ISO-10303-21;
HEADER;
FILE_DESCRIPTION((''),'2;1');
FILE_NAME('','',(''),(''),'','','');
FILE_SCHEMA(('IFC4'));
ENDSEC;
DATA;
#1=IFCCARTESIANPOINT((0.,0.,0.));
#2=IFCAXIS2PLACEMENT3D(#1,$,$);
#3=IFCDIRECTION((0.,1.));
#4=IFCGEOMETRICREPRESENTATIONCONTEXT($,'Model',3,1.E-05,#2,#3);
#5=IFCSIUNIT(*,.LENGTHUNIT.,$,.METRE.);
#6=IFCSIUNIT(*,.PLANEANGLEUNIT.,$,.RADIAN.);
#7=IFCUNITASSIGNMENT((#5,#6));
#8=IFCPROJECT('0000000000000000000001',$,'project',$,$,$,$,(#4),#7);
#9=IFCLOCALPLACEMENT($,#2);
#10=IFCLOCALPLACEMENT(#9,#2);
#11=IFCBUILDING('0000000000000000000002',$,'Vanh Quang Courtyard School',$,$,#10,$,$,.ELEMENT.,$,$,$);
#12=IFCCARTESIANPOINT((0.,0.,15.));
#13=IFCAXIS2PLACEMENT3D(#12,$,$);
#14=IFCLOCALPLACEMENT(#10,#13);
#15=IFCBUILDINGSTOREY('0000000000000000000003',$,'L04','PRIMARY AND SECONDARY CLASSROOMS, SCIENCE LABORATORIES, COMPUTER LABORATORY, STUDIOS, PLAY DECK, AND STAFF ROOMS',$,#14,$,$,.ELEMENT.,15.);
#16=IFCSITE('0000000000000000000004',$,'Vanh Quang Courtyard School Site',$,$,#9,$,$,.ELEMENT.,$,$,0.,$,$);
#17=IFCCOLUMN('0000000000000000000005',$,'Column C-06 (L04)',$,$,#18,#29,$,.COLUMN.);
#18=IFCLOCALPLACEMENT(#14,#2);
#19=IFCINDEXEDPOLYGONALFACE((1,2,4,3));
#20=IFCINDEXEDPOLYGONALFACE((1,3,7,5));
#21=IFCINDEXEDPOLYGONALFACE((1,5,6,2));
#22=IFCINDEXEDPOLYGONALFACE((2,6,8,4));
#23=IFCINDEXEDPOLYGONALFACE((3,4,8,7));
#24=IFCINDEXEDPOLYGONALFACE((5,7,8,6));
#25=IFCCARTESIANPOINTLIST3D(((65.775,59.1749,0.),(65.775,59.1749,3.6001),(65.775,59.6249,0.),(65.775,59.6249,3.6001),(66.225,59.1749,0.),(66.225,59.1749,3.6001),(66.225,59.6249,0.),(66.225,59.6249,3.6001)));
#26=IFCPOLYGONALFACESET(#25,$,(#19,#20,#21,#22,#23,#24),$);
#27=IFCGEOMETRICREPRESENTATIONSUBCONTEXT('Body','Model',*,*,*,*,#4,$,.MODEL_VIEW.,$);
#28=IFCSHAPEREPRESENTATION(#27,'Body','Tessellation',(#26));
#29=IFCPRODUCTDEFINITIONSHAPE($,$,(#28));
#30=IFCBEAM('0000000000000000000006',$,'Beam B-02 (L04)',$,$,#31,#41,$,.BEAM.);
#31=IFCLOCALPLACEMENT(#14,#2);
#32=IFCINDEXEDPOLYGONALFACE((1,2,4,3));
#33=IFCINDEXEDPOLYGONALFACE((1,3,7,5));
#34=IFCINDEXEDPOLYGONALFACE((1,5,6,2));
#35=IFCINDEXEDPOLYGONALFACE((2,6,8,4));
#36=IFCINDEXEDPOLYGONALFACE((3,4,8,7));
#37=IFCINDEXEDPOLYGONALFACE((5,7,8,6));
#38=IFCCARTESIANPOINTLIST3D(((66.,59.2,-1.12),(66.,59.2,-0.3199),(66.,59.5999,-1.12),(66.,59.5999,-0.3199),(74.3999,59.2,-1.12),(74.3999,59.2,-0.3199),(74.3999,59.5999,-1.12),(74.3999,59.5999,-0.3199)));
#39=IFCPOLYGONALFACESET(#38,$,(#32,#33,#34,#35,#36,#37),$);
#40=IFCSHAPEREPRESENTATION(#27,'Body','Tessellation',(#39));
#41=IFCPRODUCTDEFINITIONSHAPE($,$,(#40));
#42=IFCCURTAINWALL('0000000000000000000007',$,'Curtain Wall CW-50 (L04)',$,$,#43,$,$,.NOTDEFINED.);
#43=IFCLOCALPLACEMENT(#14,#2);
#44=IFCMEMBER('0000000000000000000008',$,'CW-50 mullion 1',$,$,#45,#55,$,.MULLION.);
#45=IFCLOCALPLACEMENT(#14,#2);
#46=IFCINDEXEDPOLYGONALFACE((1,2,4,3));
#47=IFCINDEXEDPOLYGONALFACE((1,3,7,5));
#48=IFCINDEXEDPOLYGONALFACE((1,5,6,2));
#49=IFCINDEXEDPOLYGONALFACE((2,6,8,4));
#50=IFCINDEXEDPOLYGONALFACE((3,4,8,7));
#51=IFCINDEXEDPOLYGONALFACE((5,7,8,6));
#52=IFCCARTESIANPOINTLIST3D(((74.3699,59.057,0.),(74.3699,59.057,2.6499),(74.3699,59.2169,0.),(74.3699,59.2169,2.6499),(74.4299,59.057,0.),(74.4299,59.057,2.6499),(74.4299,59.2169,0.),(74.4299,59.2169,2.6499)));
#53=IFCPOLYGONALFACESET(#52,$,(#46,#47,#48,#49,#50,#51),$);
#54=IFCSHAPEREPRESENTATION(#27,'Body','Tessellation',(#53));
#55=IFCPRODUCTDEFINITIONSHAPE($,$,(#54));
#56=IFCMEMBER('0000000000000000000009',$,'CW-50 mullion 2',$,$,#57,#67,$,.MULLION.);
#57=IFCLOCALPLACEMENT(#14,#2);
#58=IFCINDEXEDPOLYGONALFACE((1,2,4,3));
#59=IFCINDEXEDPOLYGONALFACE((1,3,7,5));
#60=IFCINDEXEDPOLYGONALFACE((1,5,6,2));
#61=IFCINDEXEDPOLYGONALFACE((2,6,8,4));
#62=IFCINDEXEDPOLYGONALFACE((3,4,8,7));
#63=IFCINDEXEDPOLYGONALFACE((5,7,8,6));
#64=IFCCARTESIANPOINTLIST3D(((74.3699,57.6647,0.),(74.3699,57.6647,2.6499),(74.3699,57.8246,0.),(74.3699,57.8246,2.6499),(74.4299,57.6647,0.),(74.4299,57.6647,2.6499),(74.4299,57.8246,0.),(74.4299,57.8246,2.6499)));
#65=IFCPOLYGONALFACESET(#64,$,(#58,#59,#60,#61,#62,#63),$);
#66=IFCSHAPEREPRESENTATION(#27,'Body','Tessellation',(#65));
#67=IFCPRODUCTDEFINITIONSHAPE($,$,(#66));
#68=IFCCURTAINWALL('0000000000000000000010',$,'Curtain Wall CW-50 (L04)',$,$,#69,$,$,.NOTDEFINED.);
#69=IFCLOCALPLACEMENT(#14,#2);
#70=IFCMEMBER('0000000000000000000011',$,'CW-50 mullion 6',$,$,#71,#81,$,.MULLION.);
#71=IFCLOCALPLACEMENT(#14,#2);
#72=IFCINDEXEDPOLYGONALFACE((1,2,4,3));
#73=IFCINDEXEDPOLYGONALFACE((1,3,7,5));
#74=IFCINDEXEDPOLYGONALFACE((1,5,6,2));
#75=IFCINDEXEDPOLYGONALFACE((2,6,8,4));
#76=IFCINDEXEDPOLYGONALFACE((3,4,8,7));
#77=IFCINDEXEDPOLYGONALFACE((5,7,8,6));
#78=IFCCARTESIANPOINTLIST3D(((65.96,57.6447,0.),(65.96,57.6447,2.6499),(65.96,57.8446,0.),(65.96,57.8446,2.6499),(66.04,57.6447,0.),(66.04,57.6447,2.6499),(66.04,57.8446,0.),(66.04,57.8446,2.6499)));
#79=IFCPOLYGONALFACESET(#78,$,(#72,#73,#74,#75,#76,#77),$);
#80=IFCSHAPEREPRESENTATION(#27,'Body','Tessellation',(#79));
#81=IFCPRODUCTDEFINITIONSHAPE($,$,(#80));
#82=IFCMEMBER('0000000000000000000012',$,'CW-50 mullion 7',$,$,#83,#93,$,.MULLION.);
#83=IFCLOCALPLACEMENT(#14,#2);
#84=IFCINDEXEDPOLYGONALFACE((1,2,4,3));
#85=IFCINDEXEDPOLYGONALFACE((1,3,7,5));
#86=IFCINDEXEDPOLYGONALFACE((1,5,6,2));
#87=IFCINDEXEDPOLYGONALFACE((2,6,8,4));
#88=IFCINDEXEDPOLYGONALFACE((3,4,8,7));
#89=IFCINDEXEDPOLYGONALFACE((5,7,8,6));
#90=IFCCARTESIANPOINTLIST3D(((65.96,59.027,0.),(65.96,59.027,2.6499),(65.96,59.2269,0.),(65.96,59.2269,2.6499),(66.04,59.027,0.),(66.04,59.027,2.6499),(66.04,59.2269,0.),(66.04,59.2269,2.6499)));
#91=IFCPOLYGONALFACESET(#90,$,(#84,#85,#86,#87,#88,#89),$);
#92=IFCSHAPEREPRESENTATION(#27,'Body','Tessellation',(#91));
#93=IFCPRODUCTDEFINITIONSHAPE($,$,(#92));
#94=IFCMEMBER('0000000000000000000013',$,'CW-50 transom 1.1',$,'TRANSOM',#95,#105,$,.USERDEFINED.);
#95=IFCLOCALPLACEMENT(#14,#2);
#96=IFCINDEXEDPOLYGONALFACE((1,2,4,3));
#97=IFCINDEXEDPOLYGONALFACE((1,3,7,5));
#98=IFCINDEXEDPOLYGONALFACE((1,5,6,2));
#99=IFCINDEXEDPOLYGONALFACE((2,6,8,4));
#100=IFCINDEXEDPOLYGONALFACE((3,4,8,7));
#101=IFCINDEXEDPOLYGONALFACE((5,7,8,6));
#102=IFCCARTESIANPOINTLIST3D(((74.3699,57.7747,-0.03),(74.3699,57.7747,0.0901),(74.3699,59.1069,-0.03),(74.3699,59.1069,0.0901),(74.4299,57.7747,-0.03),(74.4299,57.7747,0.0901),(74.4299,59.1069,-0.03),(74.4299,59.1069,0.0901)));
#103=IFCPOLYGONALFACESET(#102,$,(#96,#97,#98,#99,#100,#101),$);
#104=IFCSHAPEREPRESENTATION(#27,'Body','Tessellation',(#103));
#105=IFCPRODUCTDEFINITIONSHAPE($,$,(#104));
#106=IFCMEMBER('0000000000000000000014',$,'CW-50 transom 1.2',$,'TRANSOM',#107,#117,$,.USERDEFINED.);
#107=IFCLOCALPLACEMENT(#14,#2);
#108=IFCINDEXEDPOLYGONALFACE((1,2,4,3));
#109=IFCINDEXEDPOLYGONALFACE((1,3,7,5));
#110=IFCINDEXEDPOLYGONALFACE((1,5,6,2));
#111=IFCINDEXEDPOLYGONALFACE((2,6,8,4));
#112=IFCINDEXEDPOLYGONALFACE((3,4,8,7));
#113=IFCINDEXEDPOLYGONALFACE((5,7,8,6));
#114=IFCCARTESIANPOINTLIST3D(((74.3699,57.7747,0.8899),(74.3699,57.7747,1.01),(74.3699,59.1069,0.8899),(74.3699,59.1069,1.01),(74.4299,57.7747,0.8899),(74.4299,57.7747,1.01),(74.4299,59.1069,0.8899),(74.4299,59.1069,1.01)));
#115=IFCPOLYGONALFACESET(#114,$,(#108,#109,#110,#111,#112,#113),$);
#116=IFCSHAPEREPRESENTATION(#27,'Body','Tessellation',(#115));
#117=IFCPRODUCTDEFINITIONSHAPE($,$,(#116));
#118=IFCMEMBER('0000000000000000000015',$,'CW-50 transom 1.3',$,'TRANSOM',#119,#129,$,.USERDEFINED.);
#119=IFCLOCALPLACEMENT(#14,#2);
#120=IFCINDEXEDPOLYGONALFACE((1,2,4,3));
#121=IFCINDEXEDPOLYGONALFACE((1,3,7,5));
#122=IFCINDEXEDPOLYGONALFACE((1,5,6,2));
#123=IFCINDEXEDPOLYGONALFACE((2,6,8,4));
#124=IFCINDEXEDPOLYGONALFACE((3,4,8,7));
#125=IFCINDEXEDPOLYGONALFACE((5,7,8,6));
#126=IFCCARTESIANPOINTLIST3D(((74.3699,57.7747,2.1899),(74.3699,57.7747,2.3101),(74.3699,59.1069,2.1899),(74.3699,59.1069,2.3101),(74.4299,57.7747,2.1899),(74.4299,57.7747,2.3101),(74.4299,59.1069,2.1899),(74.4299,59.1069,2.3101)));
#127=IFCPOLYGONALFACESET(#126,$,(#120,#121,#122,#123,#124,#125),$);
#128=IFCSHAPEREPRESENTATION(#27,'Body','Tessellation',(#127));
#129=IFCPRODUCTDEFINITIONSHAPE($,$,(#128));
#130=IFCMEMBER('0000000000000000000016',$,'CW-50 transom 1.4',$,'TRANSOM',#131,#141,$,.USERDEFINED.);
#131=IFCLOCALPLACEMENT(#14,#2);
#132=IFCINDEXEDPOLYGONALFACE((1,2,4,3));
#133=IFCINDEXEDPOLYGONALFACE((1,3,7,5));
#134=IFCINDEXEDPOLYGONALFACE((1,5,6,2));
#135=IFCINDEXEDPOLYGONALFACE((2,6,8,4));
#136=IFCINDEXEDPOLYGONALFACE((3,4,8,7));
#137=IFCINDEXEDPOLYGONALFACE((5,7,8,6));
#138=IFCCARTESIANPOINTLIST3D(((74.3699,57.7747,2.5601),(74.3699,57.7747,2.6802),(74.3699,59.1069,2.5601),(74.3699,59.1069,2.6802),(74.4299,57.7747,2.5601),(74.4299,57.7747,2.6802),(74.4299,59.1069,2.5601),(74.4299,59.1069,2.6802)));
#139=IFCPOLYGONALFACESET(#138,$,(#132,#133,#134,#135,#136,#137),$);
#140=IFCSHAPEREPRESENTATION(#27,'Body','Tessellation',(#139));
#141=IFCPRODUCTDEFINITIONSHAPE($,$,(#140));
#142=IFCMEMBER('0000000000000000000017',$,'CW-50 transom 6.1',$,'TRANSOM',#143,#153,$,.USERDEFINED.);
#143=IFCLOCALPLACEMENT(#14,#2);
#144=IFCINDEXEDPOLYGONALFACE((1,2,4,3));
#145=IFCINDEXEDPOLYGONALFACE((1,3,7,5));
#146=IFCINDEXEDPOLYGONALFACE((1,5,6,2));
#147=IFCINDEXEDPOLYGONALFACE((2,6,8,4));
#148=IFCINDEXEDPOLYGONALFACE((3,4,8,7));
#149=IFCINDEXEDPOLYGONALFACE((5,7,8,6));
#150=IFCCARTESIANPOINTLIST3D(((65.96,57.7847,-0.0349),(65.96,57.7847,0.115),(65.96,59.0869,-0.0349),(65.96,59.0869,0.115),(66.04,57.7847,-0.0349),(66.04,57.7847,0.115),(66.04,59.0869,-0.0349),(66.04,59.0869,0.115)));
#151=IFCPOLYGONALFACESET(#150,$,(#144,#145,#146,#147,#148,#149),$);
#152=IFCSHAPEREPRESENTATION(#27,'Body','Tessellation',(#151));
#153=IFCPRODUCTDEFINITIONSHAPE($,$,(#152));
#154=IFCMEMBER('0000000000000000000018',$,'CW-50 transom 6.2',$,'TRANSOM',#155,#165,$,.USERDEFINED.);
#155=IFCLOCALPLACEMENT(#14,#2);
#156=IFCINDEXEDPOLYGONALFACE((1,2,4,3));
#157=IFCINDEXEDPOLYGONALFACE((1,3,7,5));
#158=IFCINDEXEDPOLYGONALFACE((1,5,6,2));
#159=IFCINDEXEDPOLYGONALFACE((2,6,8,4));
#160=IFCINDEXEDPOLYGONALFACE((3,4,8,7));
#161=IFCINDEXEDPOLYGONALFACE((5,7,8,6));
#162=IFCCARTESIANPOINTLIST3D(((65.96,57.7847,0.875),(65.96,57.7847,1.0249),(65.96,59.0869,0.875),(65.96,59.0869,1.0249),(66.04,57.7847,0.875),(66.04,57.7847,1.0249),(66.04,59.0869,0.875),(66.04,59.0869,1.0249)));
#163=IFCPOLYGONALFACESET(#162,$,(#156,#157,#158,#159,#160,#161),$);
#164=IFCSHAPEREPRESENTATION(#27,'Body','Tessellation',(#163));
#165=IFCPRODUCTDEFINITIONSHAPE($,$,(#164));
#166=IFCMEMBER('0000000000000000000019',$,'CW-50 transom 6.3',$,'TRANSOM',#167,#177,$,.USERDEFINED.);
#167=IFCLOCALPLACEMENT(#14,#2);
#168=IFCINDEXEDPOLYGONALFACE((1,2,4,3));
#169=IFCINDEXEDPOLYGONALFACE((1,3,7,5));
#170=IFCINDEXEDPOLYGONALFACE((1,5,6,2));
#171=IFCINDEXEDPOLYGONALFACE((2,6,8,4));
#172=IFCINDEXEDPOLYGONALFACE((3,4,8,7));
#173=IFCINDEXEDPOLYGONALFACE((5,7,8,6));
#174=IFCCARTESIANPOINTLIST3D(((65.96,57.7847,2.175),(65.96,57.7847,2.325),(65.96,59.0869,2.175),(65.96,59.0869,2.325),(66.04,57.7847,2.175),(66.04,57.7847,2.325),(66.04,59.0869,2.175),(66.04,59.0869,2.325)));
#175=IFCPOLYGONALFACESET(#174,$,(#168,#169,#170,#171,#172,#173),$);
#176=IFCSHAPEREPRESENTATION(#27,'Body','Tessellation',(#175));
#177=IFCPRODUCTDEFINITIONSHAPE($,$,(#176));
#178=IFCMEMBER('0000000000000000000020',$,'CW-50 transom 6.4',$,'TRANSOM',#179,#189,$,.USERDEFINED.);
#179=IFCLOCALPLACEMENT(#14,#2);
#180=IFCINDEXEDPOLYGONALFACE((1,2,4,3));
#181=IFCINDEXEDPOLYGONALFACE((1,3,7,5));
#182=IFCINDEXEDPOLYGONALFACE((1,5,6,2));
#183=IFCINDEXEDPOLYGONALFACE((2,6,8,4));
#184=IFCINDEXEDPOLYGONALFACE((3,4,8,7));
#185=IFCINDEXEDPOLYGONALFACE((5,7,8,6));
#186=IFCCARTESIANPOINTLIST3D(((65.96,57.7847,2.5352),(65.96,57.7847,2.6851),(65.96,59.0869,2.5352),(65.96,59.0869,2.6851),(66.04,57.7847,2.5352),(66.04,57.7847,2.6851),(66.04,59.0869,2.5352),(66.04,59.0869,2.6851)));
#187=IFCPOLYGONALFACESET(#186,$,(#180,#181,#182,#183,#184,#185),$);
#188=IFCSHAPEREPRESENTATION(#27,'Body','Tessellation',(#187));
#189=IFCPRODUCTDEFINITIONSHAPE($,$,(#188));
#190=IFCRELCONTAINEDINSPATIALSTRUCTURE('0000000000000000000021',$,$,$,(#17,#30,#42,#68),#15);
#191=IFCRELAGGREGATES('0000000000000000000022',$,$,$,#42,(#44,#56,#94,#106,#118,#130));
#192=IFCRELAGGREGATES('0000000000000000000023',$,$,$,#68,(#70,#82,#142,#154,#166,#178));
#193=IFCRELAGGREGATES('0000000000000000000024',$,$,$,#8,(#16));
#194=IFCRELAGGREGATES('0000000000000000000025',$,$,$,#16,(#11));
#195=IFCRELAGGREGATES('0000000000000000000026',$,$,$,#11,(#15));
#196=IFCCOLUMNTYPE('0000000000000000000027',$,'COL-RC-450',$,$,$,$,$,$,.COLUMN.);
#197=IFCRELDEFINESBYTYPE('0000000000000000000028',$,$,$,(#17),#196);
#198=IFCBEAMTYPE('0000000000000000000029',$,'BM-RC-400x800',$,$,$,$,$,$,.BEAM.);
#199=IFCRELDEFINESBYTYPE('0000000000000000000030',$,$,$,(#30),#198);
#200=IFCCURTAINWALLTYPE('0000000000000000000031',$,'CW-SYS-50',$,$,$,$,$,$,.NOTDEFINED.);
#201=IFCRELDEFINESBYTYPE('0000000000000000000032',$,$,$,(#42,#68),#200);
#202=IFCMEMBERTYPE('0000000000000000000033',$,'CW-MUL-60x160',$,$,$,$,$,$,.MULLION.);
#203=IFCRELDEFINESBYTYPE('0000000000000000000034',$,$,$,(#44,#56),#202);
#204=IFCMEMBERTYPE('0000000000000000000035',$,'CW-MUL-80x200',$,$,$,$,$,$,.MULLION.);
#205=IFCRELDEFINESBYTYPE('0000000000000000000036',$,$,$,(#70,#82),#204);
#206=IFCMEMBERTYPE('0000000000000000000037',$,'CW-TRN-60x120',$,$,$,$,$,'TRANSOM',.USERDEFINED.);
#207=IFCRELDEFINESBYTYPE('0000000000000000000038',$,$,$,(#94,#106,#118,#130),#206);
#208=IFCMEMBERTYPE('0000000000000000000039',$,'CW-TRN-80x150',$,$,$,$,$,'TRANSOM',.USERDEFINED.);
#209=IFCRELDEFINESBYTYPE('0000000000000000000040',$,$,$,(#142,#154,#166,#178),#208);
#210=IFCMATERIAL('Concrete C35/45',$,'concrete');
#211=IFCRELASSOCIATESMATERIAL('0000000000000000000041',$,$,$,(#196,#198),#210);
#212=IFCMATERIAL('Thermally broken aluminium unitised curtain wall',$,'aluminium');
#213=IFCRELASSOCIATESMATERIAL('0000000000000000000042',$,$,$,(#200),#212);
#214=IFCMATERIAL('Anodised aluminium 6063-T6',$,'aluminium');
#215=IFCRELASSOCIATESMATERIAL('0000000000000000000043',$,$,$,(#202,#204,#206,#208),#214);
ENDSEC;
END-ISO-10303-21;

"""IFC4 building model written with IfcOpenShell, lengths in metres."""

from ifc_helpers import new_model, si_unit, direction, frame, origin, origin_2d, place, context, subcontext, project, spatial, rectangle, extrude, material, material_profile, profile_set, type_object, element, aggregate, save


model = new_model("IFC4")

# Units and contexts
model_context = context("Model", 3, precision=1e-05, world=origin(), true_north=direction((0.0, 1.0)))
body_context = subcontext(model_context, "Body", "Model", "MODEL_VIEW")
ifc_project = project(units=[si_unit("LENGTHUNIT", "METRE"), si_unit("PLANEANGLEUNIT", "RADIAN")], contexts=[model_context])

# Site, building, storey
site_placement = place(None, origin())
site = spatial("IfcSite", under=ifc_project, at=site_placement, Name="Vanh Quang Courtyard School Site", CompositionType="ELEMENT", RefElevation=0.0)
building_placement = place(site_placement, origin())
building = spatial("IfcBuilding", under=site, at=building_placement, Name="Vanh Quang Courtyard School", CompositionType="ELEMENT")
storey_placement = place(building_placement, frame((0.0, 0.0, 15.0)))
storey = spatial("IfcBuildingStorey", under=building, at=storey_placement, Name="L04", Description="PRIMARY AND SECONDARY CLASSROOMS, SCIENCE LABORATORIES, COMPUTER LABORATORY, STUDIOS, PLAY DECK, AND STAFF ROOMS", CompositionType="ELEMENT", Elevation=15.0)

# Column
ifc_material_1 = material(Name="Concrete C35/45", Category="concrete")
ifc_material_profile_1 = material_profile(ifc_material_1, rectangle(XDim=0.45, YDim=0.45, at=origin_2d()), Name="RC-COL 450x450")
ifc_profile_set_1 = profile_set([ifc_material_profile_1], Name="Concrete C35/45")
column_type = type_object("IfcColumnType", Name="COL-RC-450", PredefinedType="COLUMN", material=ifc_profile_set_1)
column_placement = place(storey_placement, frame((66.0, 59.3999, 0.0), z_axis=(0.0, 0.0, 1.0), x_axis=(1.0, 0.0, 0.0)))
element("IfcColumn", 1, at=column_placement, inside=storey, type_object=column_type, Name="Column C-06 (L04)", PredefinedType="COLUMN", context=body_context, shape_type="SweptSolid", body=[
    extrude(rectangle(XDim=0.45, YDim=0.45, at=origin_2d()), origin(), (0.0, 0.0, 1.0), 3.6001),
])

# Beam
ifc_material_profile_2 = material_profile(ifc_material_1, rectangle(XDim=0.3999, YDim=0.8, at=origin_2d()), Name="RC-BM 400x800")
ifc_profile_set_2 = profile_set([ifc_material_profile_2], Name="Concrete C35/45")
beam_type = type_object("IfcBeamType", Name="BM-RC-400x800", PredefinedType="BEAM", material=ifc_profile_set_2)
beam_placement = place(storey_placement, frame((66.0, 59.3999, -0.72), z_axis=(1.0, 0.0, 0.0), x_axis=(0.0, 1.0, 0.0)))
element("IfcBeam", 2, at=beam_placement, inside=storey, type_object=beam_type, Name="Beam B-02 (L04)", PredefinedType="BEAM", context=body_context, shape_type="SweptSolid", body=[
    extrude(rectangle(XDim=0.3999, YDim=0.8, at=origin_2d()), origin(), (0.0, 0.0, 1.0), 8.3999),
])

# Curtain walls, members
ifc_material_2 = material(Name="Thermally broken aluminium unitised curtain wall", Category="aluminium")
curtain_wall_type = type_object("IfcCurtainWallType", Name="CW-SYS-50", PredefinedType="NOTDEFINED", material=ifc_material_2)
curtain_wall_1_placement = place(storey_placement, origin())
curtain_wall_1 = element("IfcCurtainWall", 3, at=curtain_wall_1_placement, inside=storey, type_object=curtain_wall_type, Name="Curtain Wall CW-50 (L04)", PredefinedType="NOTDEFINED")
ifc_material_3 = material(Name="Anodised aluminium 6063-T6", Category="aluminium")
ifc_material_profile_3 = material_profile(ifc_material_3, rectangle(XDim=0.0601, YDim=0.1599, at=origin_2d()), Name="ALU-MUL 60x160")
ifc_profile_set_3 = profile_set([ifc_material_profile_3], Name="Anodised aluminium 6063-T6")
member_type_1 = type_object("IfcMemberType", Name="CW-MUL-60x160", PredefinedType="MULLION", material=ifc_profile_set_3)
member_1_placement = place(storey_placement, frame((74.3999, 59.137, 0.0), z_axis=(0.0, 0.0, 1.0), x_axis=(1.0, 0.0, 0.0)))
member_1 = element("IfcMember", 4, at=member_1_placement, type_object=member_type_1, Name="CW-50 mullion 1", PredefinedType="MULLION", context=body_context, shape_type="SweptSolid", body=[
    extrude(rectangle(XDim=0.0601, YDim=0.1599, at=origin_2d()), origin(), (0.0, 0.0, 1.0), 2.6499),
])
member_2_placement = place(storey_placement, frame((74.3999, 57.7446, 0.0), z_axis=(0.0, 0.0, 1.0), x_axis=(1.0, 0.0, 0.0)))
member_2 = element("IfcMember", 5, at=member_2_placement, type_object=member_type_1, Name="CW-50 mullion 2", PredefinedType="MULLION", context=body_context, shape_type="SweptSolid", body=[
    extrude(rectangle(XDim=0.0601, YDim=0.1599, at=origin_2d()), origin(), (0.0, 0.0, 1.0), 2.6499),
])
curtain_wall_2_placement = place(storey_placement, origin())
curtain_wall_2 = element("IfcCurtainWall", 6, at=curtain_wall_2_placement, inside=storey, type_object=curtain_wall_type, Name="Curtain Wall CW-50 (L04)", PredefinedType="NOTDEFINED")
ifc_material_profile_4 = material_profile(ifc_material_3, rectangle(XDim=0.0801, YDim=0.2, at=origin_2d()), Name="ALU-MUL 80x200")
ifc_profile_set_4 = profile_set([ifc_material_profile_4], Name="Anodised aluminium 6063-T6")
member_type_2 = type_object("IfcMemberType", Name="CW-MUL-80x200", PredefinedType="MULLION", material=ifc_profile_set_4)
member_3_placement = place(storey_placement, frame((66.0, 57.7446, 0.0), z_axis=(0.0, 0.0, 1.0), x_axis=(-1.0, 0.0, 0.0)))
member_3 = element("IfcMember", 7, at=member_3_placement, type_object=member_type_2, Name="CW-50 mullion 6", PredefinedType="MULLION", context=body_context, shape_type="SweptSolid", body=[
    extrude(rectangle(XDim=0.0801, YDim=0.2, at=origin_2d()), origin(), (0.0, 0.0, 1.0), 2.6499),
])
member_4_placement = place(storey_placement, frame((66.0, 59.127, 0.0), z_axis=(0.0, 0.0, 1.0), x_axis=(-1.0, 0.0, 0.0)))
member_4 = element("IfcMember", 8, at=member_4_placement, type_object=member_type_2, Name="CW-50 mullion 7", PredefinedType="MULLION", context=body_context, shape_type="SweptSolid", body=[
    extrude(rectangle(XDim=0.0801, YDim=0.2, at=origin_2d()), origin(), (0.0, 0.0, 1.0), 2.6499),
])

# Members
ifc_material_profile_5 = material_profile(ifc_material_3, rectangle(XDim=0.0601, YDim=0.1201, at=origin_2d()), Name="ALU-TRN 60x120")
ifc_profile_set_5 = profile_set([ifc_material_profile_5], Name="Anodised aluminium 6063-T6")
member_type_3 = type_object("IfcMemberType", Name="CW-TRN-60x120", ElementType="TRANSOM", PredefinedType="USERDEFINED", material=ifc_profile_set_5)
member_5_placement = place(storey_placement, frame((74.3999, 59.1069, 0.03), z_axis=(0.0, -1.0, 0.0), x_axis=(1.0, 0.0, 0.0)))
member_5 = element("IfcMember", 9, at=member_5_placement, type_object=member_type_3, Name="CW-50 transom 1.1", ObjectType="TRANSOM", PredefinedType="USERDEFINED", context=body_context, shape_type="SweptSolid", body=[
    extrude(rectangle(XDim=0.0601, YDim=0.1201, at=origin_2d()), origin(), (0.0, 0.0, 1.0), 1.3323),
])
member_6_placement = place(storey_placement, frame((74.3999, 59.1069, 0.95), z_axis=(0.0, -1.0, 0.0), x_axis=(1.0, 0.0, 0.0)))
member_6 = element("IfcMember", 10, at=member_6_placement, type_object=member_type_3, Name="CW-50 transom 1.2", ObjectType="TRANSOM", PredefinedType="USERDEFINED", context=body_context, shape_type="SweptSolid", body=[
    extrude(rectangle(XDim=0.0601, YDim=0.1201, at=origin_2d()), origin(), (0.0, 0.0, 1.0), 1.3323),
])
member_7_placement = place(storey_placement, frame((74.3999, 59.1069, 2.25), z_axis=(0.0, -1.0, 0.0), x_axis=(1.0, 0.0, 0.0)))
member_7 = element("IfcMember", 11, at=member_7_placement, type_object=member_type_3, Name="CW-50 transom 1.3", ObjectType="TRANSOM", PredefinedType="USERDEFINED", context=body_context, shape_type="SweptSolid", body=[
    extrude(rectangle(XDim=0.0601, YDim=0.1201, at=origin_2d()), origin(), (0.0, 0.0, 1.0), 1.3323),
])
member_8_placement = place(storey_placement, frame((74.3999, 59.1069, 2.6201), z_axis=(0.0, -1.0, 0.0), x_axis=(1.0, 0.0, 0.0)))
member_8 = element("IfcMember", 12, at=member_8_placement, type_object=member_type_3, Name="CW-50 transom 1.4", ObjectType="TRANSOM", PredefinedType="USERDEFINED", context=body_context, shape_type="SweptSolid", body=[
    extrude(rectangle(XDim=0.0601, YDim=0.1201, at=origin_2d()), origin(), (0.0, 0.0, 1.0), 1.3323),
])
ifc_material_profile_6 = material_profile(ifc_material_3, rectangle(XDim=0.0801, YDim=0.1499, at=origin_2d()), Name="ALU-TRN 80x150")
ifc_profile_set_6 = profile_set([ifc_material_profile_6], Name="Anodised aluminium 6063-T6")
member_type_4 = type_object("IfcMemberType", Name="CW-TRN-80x150", ElementType="TRANSOM", PredefinedType="USERDEFINED", material=ifc_profile_set_6)
member_9_placement = place(storey_placement, frame((66.0, 57.7847, 0.04), z_axis=(0.0, 1.0, 0.0), x_axis=(-1.0, 0.0, 0.0)))
member_9 = element("IfcMember", 13, at=member_9_placement, type_object=member_type_4, Name="CW-50 transom 6.1", ObjectType="TRANSOM", PredefinedType="USERDEFINED", context=body_context, shape_type="SweptSolid", body=[
    extrude(rectangle(XDim=0.0801, YDim=0.1499, at=origin_2d()), origin(), (0.0, 0.0, 1.0), 1.3022),
])
member_10_placement = place(storey_placement, frame((66.0, 57.7847, 0.95), z_axis=(0.0, 1.0, 0.0), x_axis=(-1.0, 0.0, 0.0)))
member_10 = element("IfcMember", 14, at=member_10_placement, type_object=member_type_4, Name="CW-50 transom 6.2", ObjectType="TRANSOM", PredefinedType="USERDEFINED", context=body_context, shape_type="SweptSolid", body=[
    extrude(rectangle(XDim=0.0801, YDim=0.1499, at=origin_2d()), origin(), (0.0, 0.0, 1.0), 1.3022),
])
member_11_placement = place(storey_placement, frame((66.0, 57.7847, 2.25), z_axis=(0.0, 1.0, 0.0), x_axis=(-1.0, 0.0, 0.0)))
member_11 = element("IfcMember", 15, at=member_11_placement, type_object=member_type_4, Name="CW-50 transom 6.3", ObjectType="TRANSOM", PredefinedType="USERDEFINED", context=body_context, shape_type="SweptSolid", body=[
    extrude(rectangle(XDim=0.0801, YDim=0.1499, at=origin_2d()), origin(), (0.0, 0.0, 1.0), 1.3022),
])
member_12_placement = place(storey_placement, frame((66.0, 57.7847, 2.6101), z_axis=(0.0, 1.0, 0.0), x_axis=(-1.0, 0.0, 0.0)))
member_12 = element("IfcMember", 16, at=member_12_placement, type_object=member_type_4, Name="CW-50 transom 6.4", ObjectType="TRANSOM", PredefinedType="USERDEFINED", context=body_context, shape_type="SweptSolid", body=[
    extrude(rectangle(XDim=0.0801, YDim=0.1499, at=origin_2d()), origin(), (0.0, 0.0, 1.0), 1.3022),
])

aggregate(curtain_wall_1, [member_1, member_2, member_5, member_6, member_7, member_8])
aggregate(curtain_wall_2, [member_3, member_4, member_9, member_10, member_11, member_12])

save(model, "model.ifc")
